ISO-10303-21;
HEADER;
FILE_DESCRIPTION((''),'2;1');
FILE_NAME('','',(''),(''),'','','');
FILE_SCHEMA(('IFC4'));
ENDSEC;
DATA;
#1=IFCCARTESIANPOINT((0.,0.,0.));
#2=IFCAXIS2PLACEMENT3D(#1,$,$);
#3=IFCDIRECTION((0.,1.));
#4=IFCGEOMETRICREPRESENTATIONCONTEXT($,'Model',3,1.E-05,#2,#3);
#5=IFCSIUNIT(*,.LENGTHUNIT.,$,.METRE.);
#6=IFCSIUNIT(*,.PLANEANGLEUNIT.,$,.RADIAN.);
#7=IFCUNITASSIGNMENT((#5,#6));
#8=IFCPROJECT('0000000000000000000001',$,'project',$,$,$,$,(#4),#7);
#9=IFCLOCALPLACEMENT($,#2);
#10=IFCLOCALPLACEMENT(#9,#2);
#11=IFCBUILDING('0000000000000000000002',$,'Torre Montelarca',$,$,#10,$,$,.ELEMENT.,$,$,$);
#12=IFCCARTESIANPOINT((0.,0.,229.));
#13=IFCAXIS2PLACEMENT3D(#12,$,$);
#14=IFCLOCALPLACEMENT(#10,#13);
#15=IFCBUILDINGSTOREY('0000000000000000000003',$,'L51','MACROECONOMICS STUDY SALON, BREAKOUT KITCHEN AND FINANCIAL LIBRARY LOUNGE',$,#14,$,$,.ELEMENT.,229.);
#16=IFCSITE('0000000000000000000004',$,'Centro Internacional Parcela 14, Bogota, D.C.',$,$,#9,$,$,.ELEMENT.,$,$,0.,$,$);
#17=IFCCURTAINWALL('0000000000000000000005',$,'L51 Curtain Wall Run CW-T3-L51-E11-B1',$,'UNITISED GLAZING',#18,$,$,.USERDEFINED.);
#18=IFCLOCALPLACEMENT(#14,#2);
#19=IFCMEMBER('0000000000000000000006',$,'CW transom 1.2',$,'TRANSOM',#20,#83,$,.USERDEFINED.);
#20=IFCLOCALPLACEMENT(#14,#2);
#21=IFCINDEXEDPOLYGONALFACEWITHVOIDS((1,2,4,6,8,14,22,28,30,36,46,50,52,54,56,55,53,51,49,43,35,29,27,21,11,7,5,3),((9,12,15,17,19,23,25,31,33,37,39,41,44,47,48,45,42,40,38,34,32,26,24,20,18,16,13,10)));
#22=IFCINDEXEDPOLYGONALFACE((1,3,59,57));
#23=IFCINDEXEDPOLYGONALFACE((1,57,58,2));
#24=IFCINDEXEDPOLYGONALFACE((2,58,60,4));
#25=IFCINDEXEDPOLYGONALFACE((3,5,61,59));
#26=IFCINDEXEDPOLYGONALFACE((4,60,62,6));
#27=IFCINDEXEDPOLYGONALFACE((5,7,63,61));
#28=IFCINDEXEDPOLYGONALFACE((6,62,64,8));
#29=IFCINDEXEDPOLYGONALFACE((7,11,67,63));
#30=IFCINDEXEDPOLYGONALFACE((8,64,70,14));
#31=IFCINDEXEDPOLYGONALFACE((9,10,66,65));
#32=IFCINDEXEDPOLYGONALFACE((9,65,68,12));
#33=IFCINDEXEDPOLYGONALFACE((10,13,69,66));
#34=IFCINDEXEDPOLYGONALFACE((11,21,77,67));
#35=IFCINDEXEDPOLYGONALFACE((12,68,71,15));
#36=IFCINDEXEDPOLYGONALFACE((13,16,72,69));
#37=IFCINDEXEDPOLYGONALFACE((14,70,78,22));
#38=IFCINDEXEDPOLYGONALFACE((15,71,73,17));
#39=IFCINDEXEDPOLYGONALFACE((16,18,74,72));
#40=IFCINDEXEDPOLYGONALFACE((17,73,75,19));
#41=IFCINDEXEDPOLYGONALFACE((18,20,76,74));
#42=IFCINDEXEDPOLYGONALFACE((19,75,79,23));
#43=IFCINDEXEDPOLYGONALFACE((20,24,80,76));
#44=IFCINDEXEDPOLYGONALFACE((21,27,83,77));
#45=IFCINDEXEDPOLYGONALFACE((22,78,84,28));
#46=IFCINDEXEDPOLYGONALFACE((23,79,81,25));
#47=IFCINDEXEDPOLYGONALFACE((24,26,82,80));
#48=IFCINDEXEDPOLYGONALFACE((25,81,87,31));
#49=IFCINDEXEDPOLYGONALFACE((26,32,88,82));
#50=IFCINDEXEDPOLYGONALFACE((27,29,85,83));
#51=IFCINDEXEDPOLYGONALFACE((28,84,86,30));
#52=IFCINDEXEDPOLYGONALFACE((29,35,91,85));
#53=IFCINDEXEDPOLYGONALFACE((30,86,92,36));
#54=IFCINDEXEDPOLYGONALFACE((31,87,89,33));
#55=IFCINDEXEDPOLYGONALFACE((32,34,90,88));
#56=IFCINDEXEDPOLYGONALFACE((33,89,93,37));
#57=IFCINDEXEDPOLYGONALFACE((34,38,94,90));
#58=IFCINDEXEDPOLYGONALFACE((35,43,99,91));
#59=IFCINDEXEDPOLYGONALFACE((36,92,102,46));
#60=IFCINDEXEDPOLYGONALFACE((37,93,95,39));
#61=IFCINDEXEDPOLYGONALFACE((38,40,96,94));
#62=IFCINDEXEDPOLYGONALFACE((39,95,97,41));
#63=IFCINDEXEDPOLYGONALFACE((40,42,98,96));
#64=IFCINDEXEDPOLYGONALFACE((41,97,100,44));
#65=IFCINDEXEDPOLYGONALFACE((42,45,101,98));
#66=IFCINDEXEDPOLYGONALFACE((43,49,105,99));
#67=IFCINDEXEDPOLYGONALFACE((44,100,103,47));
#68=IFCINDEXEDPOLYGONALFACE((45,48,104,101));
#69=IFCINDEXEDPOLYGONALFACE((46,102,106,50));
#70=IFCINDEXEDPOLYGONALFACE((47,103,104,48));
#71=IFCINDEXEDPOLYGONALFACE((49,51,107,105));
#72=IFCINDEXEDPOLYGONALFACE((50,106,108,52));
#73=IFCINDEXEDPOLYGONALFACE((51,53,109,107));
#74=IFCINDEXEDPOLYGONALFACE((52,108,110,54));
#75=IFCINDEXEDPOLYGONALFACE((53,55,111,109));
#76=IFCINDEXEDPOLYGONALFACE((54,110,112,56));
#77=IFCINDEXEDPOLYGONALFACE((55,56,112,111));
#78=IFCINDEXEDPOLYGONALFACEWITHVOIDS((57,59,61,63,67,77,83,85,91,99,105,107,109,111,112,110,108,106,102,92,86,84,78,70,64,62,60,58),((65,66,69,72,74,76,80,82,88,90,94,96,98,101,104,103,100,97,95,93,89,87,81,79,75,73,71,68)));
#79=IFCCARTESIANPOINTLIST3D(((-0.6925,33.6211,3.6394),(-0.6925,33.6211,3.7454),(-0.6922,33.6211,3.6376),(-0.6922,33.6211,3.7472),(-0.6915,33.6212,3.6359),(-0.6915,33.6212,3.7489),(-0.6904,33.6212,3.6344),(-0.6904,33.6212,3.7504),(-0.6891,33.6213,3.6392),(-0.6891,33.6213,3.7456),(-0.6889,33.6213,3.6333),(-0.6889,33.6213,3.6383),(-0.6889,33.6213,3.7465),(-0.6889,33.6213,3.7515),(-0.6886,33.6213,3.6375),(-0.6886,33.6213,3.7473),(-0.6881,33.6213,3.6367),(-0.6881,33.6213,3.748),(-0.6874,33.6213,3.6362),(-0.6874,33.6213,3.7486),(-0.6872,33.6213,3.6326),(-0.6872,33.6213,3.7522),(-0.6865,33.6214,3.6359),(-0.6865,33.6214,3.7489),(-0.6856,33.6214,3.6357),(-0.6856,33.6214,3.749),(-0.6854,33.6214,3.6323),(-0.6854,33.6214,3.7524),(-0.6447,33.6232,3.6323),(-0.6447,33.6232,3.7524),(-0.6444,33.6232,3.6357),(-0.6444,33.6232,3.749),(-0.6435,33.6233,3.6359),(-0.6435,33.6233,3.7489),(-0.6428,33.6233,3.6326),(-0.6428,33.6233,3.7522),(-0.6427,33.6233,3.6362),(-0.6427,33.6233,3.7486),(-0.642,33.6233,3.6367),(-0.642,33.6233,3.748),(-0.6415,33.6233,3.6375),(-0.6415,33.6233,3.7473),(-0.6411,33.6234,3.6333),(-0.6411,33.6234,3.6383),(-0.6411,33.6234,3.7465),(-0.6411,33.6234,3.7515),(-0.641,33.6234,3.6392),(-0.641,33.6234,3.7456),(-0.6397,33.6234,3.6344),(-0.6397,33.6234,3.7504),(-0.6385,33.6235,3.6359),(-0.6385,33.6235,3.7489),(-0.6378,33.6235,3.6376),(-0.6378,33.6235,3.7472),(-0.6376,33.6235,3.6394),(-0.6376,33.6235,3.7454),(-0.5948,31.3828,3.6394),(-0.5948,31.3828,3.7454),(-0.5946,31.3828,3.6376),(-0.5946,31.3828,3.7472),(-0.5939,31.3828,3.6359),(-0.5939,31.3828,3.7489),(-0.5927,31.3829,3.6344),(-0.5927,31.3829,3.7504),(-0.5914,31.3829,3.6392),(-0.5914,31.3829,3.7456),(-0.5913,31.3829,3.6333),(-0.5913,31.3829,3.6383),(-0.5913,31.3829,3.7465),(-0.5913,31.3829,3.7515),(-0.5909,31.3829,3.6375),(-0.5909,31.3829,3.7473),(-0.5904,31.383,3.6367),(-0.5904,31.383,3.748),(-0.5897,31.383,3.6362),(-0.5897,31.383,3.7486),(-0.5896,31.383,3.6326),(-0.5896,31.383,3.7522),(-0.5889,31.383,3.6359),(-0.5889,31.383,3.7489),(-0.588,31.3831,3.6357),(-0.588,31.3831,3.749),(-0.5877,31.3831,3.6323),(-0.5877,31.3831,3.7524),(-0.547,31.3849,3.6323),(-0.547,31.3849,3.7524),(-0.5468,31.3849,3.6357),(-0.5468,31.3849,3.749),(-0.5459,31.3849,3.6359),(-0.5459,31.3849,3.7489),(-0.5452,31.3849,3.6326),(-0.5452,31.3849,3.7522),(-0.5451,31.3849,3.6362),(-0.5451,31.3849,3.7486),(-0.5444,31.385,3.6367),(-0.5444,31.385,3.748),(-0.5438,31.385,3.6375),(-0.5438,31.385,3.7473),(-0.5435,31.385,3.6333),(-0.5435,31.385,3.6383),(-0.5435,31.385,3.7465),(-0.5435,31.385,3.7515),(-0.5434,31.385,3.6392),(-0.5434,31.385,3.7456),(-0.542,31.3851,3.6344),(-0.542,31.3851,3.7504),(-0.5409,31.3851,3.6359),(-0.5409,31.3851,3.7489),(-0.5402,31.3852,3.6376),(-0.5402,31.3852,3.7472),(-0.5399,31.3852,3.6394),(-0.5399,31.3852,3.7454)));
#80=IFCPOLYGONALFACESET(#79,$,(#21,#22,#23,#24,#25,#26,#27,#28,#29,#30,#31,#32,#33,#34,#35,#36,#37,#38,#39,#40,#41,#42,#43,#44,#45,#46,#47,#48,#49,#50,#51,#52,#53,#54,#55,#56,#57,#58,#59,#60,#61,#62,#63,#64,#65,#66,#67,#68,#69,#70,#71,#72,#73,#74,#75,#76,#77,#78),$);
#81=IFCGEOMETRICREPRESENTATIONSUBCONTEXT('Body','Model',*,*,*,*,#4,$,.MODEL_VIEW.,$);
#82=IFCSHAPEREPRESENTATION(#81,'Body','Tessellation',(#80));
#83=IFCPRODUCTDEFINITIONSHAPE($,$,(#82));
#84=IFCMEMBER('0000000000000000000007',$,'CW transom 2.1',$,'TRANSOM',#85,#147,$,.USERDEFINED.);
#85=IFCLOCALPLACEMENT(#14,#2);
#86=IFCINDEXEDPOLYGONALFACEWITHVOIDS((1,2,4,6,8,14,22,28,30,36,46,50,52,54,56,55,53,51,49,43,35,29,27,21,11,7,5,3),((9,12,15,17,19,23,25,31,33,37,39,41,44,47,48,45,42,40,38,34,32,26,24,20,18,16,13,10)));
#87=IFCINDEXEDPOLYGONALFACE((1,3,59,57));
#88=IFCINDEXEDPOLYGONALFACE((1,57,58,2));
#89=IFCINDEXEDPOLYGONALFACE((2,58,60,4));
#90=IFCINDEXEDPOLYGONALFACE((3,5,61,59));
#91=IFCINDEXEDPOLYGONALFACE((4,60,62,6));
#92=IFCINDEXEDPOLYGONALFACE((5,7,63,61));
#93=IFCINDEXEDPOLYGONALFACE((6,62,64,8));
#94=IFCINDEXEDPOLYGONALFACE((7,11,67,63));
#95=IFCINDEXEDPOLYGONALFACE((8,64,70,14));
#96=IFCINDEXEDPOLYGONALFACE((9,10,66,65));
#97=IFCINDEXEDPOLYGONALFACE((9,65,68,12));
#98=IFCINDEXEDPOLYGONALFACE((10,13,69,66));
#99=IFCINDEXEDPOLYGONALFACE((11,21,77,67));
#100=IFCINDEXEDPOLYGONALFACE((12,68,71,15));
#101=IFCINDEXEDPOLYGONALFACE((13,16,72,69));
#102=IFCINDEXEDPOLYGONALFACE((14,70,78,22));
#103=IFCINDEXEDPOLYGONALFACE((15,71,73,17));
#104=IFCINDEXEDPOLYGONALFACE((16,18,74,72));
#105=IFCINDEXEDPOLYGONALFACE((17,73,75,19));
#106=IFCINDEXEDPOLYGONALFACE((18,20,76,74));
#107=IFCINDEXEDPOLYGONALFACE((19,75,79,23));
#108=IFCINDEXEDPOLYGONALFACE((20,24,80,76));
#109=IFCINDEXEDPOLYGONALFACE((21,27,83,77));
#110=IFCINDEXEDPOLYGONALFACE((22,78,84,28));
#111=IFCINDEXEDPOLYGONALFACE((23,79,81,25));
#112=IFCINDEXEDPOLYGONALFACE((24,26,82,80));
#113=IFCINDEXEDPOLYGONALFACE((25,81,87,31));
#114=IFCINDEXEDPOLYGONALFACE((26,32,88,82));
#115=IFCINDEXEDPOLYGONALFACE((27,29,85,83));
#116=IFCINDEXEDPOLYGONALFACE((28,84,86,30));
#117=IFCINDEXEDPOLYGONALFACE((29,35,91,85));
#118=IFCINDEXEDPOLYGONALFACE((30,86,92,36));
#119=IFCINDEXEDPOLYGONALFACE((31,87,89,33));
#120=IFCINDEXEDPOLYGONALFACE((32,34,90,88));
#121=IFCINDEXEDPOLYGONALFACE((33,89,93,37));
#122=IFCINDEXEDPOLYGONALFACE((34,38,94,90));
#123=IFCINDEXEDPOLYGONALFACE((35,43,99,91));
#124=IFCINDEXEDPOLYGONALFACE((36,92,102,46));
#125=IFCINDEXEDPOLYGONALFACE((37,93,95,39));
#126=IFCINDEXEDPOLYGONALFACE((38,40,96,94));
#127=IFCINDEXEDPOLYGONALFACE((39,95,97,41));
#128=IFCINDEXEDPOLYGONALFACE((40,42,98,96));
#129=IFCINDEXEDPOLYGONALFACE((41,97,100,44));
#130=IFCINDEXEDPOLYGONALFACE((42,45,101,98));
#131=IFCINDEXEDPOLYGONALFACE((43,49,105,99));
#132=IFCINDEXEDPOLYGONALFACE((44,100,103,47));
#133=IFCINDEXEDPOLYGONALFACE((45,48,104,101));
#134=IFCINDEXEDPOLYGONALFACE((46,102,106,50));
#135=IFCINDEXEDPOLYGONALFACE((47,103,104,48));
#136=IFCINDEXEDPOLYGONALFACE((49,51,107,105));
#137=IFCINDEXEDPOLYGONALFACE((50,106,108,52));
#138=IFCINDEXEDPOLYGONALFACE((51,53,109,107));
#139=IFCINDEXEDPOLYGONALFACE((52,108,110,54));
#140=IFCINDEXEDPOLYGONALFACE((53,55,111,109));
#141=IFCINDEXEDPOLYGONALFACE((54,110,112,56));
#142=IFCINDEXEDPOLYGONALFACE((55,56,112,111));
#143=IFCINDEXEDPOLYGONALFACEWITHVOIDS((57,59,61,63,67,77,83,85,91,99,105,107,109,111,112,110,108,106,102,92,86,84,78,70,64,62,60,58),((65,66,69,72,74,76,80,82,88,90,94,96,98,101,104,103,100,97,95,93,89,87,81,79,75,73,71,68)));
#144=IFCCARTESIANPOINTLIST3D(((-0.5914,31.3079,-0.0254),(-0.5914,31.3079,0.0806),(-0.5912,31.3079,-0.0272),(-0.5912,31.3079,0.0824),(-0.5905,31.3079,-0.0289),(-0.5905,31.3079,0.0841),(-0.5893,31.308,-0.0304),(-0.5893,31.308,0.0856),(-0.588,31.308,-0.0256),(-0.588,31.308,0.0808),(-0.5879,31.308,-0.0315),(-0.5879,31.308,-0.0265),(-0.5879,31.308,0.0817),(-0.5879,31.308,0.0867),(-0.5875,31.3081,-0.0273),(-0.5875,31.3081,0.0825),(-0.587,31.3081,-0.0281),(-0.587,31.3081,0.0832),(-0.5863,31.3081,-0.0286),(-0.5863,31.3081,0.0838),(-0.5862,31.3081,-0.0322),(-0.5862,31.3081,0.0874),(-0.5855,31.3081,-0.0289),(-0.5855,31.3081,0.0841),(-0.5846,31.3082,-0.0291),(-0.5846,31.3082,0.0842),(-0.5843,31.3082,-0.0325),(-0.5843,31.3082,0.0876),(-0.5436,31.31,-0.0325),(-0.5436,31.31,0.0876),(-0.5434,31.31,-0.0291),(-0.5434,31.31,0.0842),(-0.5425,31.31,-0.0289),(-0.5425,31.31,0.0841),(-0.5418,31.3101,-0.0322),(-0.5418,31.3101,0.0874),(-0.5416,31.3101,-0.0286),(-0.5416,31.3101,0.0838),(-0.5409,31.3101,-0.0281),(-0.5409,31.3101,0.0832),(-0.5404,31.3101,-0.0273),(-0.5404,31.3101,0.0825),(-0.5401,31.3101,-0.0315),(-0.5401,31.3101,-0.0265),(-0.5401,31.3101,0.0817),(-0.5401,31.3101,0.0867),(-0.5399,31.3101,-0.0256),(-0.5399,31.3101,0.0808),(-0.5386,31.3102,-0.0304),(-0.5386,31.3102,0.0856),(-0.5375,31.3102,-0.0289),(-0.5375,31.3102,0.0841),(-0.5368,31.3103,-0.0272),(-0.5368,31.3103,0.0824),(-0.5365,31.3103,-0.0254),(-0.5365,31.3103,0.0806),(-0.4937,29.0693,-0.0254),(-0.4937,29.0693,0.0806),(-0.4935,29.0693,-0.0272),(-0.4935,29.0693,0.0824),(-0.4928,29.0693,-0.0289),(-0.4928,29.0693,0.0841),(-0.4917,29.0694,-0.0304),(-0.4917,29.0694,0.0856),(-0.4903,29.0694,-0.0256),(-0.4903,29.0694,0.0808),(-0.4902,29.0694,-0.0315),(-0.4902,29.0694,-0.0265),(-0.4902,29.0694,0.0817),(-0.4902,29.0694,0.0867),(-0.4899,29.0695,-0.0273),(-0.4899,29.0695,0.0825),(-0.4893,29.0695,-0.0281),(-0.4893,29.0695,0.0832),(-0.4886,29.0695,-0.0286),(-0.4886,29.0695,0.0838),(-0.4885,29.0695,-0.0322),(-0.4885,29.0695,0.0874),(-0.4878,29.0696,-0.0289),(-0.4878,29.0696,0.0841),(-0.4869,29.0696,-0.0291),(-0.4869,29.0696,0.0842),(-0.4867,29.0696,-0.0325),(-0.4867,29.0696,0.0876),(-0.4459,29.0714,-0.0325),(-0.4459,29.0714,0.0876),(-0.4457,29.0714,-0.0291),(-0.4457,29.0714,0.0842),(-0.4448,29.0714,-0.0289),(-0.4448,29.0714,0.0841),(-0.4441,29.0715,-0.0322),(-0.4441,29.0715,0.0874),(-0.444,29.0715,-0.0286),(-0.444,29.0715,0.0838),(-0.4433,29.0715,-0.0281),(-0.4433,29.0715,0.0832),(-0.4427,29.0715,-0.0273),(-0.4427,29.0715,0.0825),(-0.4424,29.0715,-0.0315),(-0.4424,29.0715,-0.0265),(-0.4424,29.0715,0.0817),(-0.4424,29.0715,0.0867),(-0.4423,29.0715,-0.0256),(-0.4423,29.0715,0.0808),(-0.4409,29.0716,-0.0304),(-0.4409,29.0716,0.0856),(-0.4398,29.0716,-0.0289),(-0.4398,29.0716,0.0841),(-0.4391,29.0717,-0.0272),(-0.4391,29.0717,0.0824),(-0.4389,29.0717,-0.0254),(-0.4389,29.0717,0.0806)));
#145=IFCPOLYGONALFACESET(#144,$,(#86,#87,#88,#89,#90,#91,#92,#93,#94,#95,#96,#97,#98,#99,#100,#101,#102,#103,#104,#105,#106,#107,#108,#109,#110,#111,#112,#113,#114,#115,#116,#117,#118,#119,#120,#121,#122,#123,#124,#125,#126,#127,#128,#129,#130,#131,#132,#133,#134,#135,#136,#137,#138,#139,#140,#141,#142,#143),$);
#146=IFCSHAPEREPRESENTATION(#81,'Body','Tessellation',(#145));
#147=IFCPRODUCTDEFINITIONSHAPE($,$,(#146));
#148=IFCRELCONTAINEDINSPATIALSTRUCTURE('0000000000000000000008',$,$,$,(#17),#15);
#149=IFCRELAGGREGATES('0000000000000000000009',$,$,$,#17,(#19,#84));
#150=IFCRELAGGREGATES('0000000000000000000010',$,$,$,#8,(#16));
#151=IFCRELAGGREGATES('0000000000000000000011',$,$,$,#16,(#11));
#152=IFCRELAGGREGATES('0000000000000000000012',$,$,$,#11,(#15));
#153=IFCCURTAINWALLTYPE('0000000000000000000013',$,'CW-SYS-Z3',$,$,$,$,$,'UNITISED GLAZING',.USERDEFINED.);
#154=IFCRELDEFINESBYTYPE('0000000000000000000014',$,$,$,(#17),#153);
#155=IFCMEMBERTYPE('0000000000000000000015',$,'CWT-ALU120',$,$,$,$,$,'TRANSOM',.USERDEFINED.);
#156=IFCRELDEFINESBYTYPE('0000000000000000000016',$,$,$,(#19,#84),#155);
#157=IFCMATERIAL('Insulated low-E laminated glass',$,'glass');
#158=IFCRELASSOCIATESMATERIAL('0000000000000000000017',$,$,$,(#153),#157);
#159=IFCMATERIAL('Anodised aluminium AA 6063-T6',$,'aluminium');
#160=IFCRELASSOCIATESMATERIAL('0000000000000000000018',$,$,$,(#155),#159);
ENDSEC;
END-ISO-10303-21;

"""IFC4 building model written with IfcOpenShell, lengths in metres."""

from ifc_helpers import new_model, si_unit, direction, frame, origin, origin_2d, place, context, subcontext, project, spatial, hollow_rectangle, extrude, source, transform, mapped, material, material_profile, profile_set, type_object, element, aggregate, save


model = new_model("IFC4")

# Units and contexts
model_context = context("Model", 3, precision=1e-05, world=origin(), true_north=direction((0.0, 1.0)))
body_context = subcontext(model_context, "Body", "Model", "MODEL_VIEW")
ifc_project = project(units=[si_unit("LENGTHUNIT", "METRE"), si_unit("PLANEANGLEUNIT", "RADIAN")], contexts=[model_context])

# Site, building, storey
site_placement = place(None, origin())
site = spatial("IfcSite", under=ifc_project, at=site_placement, Name="Centro Internacional Parcela 14, Bogota, D.C.", CompositionType="ELEMENT", RefElevation=0.0)
building_placement = place(site_placement, origin())
building = spatial("IfcBuilding", under=site, at=building_placement, Name="Torre Montelarca", CompositionType="ELEMENT")
storey_placement = place(building_placement, frame((0.0, 0.0, 229.0)))
storey = spatial("IfcBuildingStorey", under=building, at=storey_placement, Name="L51", Description="MACROECONOMICS STUDY SALON, BREAKOUT KITCHEN AND FINANCIAL LIBRARY LOUNGE", CompositionType="ELEMENT", Elevation=229.0)

# Shared definitions
ifc_material_1 = material(Name="Insulated low-E laminated glass", Category="glass")
curtain_wall_type = type_object("IfcCurtainWallType", Name="CW-SYS-Z3", ElementType="UNITISED GLAZING", PredefinedType="USERDEFINED", material=ifc_material_1)
ifc_material_2 = material(Name="Anodised aluminium AA 6063-T6", Category="aluminium")

# Curtain wall
curtain_wall_1_placement = place(storey_placement, origin())
curtain_wall_1 = element("IfcCurtainWall", 1, at=curtain_wall_1_placement, inside=storey, type_object=curtain_wall_type, Name="L51 Curtain Wall Run CW-T3-L51-E11-B1", ObjectType="UNITISED GLAZING", PredefinedType="USERDEFINED")

# Members
ifc_material_profile_1 = material_profile(ifc_material_2, hollow_rectangle(XDim=0.0549, YDim=0.1201, WallThickness=0.0034, InnerFilletRadius=0.0034, OuterFilletRadius=0.0071, at=origin_2d()), Name="ALU55X120X3.5", Category="aluminium")
ifc_profile_set_1 = profile_set([ifc_material_profile_1], Name="Anodised aluminium AA 6063-T6")
member_type_1 = type_object("IfcMemberType", Name="CWT-ALU120", ElementType="TRANSOM", PredefinedType="USERDEFINED", material=ifc_profile_set_1)
shared_shape_1 = source(origin(), body_context, "Body", "SweptSolid", [
    extrude(hollow_rectangle(XDim=0.0549, YDim=0.1201, WallThickness=0.0034, InnerFilletRadius=0.0034, OuterFilletRadius=0.0071, at=origin_2d()), origin(), (0.0, 0.0, 1.0), 2.2405),
])
member_1_placement = place(storey_placement, frame((-0.665, 33.6223, 3.6924), z_axis=(0.043589, -0.99905, 0.0), x_axis=(0.99905, 0.043589, 0.0)))
member_1 = element("IfcMember", 2, at=member_1_placement, type_object=member_type_1, Name="CW transom 1.2", ObjectType="TRANSOM", PredefinedType="USERDEFINED", context=body_context, shape_type="MappedRepresentation", body=[
    mapped(shared_shape_1, transform((0.0, 0.0, 0.0), scale=1.0)),
])
shared_shape_2 = source(origin(), body_context, "Body", "SweptSolid", [
    extrude(hollow_rectangle(XDim=0.0549, YDim=0.1201, WallThickness=0.0034, InnerFilletRadius=0.0034, OuterFilletRadius=0.0071, at=origin_2d()), origin(), (0.0, 0.0, 1.0), 2.2407),
])
member_2_placement = place(storey_placement, frame((-0.564, 31.3091, 0.0276), z_axis=(0.043584, -0.99905, 0.0), x_axis=(0.99905, 0.043584, 0.0)))
member_2 = element("IfcMember", 3, at=member_2_placement, type_object=member_type_1, Name="CW transom 2.1", ObjectType="TRANSOM", PredefinedType="USERDEFINED", context=body_context, shape_type="MappedRepresentation", body=[
    mapped(shared_shape_2, transform((0.0, 0.0, 0.0), scale=1.0)),
])

aggregate(curtain_wall_1, [member_1, member_2])

save(model, "model.ifc")
